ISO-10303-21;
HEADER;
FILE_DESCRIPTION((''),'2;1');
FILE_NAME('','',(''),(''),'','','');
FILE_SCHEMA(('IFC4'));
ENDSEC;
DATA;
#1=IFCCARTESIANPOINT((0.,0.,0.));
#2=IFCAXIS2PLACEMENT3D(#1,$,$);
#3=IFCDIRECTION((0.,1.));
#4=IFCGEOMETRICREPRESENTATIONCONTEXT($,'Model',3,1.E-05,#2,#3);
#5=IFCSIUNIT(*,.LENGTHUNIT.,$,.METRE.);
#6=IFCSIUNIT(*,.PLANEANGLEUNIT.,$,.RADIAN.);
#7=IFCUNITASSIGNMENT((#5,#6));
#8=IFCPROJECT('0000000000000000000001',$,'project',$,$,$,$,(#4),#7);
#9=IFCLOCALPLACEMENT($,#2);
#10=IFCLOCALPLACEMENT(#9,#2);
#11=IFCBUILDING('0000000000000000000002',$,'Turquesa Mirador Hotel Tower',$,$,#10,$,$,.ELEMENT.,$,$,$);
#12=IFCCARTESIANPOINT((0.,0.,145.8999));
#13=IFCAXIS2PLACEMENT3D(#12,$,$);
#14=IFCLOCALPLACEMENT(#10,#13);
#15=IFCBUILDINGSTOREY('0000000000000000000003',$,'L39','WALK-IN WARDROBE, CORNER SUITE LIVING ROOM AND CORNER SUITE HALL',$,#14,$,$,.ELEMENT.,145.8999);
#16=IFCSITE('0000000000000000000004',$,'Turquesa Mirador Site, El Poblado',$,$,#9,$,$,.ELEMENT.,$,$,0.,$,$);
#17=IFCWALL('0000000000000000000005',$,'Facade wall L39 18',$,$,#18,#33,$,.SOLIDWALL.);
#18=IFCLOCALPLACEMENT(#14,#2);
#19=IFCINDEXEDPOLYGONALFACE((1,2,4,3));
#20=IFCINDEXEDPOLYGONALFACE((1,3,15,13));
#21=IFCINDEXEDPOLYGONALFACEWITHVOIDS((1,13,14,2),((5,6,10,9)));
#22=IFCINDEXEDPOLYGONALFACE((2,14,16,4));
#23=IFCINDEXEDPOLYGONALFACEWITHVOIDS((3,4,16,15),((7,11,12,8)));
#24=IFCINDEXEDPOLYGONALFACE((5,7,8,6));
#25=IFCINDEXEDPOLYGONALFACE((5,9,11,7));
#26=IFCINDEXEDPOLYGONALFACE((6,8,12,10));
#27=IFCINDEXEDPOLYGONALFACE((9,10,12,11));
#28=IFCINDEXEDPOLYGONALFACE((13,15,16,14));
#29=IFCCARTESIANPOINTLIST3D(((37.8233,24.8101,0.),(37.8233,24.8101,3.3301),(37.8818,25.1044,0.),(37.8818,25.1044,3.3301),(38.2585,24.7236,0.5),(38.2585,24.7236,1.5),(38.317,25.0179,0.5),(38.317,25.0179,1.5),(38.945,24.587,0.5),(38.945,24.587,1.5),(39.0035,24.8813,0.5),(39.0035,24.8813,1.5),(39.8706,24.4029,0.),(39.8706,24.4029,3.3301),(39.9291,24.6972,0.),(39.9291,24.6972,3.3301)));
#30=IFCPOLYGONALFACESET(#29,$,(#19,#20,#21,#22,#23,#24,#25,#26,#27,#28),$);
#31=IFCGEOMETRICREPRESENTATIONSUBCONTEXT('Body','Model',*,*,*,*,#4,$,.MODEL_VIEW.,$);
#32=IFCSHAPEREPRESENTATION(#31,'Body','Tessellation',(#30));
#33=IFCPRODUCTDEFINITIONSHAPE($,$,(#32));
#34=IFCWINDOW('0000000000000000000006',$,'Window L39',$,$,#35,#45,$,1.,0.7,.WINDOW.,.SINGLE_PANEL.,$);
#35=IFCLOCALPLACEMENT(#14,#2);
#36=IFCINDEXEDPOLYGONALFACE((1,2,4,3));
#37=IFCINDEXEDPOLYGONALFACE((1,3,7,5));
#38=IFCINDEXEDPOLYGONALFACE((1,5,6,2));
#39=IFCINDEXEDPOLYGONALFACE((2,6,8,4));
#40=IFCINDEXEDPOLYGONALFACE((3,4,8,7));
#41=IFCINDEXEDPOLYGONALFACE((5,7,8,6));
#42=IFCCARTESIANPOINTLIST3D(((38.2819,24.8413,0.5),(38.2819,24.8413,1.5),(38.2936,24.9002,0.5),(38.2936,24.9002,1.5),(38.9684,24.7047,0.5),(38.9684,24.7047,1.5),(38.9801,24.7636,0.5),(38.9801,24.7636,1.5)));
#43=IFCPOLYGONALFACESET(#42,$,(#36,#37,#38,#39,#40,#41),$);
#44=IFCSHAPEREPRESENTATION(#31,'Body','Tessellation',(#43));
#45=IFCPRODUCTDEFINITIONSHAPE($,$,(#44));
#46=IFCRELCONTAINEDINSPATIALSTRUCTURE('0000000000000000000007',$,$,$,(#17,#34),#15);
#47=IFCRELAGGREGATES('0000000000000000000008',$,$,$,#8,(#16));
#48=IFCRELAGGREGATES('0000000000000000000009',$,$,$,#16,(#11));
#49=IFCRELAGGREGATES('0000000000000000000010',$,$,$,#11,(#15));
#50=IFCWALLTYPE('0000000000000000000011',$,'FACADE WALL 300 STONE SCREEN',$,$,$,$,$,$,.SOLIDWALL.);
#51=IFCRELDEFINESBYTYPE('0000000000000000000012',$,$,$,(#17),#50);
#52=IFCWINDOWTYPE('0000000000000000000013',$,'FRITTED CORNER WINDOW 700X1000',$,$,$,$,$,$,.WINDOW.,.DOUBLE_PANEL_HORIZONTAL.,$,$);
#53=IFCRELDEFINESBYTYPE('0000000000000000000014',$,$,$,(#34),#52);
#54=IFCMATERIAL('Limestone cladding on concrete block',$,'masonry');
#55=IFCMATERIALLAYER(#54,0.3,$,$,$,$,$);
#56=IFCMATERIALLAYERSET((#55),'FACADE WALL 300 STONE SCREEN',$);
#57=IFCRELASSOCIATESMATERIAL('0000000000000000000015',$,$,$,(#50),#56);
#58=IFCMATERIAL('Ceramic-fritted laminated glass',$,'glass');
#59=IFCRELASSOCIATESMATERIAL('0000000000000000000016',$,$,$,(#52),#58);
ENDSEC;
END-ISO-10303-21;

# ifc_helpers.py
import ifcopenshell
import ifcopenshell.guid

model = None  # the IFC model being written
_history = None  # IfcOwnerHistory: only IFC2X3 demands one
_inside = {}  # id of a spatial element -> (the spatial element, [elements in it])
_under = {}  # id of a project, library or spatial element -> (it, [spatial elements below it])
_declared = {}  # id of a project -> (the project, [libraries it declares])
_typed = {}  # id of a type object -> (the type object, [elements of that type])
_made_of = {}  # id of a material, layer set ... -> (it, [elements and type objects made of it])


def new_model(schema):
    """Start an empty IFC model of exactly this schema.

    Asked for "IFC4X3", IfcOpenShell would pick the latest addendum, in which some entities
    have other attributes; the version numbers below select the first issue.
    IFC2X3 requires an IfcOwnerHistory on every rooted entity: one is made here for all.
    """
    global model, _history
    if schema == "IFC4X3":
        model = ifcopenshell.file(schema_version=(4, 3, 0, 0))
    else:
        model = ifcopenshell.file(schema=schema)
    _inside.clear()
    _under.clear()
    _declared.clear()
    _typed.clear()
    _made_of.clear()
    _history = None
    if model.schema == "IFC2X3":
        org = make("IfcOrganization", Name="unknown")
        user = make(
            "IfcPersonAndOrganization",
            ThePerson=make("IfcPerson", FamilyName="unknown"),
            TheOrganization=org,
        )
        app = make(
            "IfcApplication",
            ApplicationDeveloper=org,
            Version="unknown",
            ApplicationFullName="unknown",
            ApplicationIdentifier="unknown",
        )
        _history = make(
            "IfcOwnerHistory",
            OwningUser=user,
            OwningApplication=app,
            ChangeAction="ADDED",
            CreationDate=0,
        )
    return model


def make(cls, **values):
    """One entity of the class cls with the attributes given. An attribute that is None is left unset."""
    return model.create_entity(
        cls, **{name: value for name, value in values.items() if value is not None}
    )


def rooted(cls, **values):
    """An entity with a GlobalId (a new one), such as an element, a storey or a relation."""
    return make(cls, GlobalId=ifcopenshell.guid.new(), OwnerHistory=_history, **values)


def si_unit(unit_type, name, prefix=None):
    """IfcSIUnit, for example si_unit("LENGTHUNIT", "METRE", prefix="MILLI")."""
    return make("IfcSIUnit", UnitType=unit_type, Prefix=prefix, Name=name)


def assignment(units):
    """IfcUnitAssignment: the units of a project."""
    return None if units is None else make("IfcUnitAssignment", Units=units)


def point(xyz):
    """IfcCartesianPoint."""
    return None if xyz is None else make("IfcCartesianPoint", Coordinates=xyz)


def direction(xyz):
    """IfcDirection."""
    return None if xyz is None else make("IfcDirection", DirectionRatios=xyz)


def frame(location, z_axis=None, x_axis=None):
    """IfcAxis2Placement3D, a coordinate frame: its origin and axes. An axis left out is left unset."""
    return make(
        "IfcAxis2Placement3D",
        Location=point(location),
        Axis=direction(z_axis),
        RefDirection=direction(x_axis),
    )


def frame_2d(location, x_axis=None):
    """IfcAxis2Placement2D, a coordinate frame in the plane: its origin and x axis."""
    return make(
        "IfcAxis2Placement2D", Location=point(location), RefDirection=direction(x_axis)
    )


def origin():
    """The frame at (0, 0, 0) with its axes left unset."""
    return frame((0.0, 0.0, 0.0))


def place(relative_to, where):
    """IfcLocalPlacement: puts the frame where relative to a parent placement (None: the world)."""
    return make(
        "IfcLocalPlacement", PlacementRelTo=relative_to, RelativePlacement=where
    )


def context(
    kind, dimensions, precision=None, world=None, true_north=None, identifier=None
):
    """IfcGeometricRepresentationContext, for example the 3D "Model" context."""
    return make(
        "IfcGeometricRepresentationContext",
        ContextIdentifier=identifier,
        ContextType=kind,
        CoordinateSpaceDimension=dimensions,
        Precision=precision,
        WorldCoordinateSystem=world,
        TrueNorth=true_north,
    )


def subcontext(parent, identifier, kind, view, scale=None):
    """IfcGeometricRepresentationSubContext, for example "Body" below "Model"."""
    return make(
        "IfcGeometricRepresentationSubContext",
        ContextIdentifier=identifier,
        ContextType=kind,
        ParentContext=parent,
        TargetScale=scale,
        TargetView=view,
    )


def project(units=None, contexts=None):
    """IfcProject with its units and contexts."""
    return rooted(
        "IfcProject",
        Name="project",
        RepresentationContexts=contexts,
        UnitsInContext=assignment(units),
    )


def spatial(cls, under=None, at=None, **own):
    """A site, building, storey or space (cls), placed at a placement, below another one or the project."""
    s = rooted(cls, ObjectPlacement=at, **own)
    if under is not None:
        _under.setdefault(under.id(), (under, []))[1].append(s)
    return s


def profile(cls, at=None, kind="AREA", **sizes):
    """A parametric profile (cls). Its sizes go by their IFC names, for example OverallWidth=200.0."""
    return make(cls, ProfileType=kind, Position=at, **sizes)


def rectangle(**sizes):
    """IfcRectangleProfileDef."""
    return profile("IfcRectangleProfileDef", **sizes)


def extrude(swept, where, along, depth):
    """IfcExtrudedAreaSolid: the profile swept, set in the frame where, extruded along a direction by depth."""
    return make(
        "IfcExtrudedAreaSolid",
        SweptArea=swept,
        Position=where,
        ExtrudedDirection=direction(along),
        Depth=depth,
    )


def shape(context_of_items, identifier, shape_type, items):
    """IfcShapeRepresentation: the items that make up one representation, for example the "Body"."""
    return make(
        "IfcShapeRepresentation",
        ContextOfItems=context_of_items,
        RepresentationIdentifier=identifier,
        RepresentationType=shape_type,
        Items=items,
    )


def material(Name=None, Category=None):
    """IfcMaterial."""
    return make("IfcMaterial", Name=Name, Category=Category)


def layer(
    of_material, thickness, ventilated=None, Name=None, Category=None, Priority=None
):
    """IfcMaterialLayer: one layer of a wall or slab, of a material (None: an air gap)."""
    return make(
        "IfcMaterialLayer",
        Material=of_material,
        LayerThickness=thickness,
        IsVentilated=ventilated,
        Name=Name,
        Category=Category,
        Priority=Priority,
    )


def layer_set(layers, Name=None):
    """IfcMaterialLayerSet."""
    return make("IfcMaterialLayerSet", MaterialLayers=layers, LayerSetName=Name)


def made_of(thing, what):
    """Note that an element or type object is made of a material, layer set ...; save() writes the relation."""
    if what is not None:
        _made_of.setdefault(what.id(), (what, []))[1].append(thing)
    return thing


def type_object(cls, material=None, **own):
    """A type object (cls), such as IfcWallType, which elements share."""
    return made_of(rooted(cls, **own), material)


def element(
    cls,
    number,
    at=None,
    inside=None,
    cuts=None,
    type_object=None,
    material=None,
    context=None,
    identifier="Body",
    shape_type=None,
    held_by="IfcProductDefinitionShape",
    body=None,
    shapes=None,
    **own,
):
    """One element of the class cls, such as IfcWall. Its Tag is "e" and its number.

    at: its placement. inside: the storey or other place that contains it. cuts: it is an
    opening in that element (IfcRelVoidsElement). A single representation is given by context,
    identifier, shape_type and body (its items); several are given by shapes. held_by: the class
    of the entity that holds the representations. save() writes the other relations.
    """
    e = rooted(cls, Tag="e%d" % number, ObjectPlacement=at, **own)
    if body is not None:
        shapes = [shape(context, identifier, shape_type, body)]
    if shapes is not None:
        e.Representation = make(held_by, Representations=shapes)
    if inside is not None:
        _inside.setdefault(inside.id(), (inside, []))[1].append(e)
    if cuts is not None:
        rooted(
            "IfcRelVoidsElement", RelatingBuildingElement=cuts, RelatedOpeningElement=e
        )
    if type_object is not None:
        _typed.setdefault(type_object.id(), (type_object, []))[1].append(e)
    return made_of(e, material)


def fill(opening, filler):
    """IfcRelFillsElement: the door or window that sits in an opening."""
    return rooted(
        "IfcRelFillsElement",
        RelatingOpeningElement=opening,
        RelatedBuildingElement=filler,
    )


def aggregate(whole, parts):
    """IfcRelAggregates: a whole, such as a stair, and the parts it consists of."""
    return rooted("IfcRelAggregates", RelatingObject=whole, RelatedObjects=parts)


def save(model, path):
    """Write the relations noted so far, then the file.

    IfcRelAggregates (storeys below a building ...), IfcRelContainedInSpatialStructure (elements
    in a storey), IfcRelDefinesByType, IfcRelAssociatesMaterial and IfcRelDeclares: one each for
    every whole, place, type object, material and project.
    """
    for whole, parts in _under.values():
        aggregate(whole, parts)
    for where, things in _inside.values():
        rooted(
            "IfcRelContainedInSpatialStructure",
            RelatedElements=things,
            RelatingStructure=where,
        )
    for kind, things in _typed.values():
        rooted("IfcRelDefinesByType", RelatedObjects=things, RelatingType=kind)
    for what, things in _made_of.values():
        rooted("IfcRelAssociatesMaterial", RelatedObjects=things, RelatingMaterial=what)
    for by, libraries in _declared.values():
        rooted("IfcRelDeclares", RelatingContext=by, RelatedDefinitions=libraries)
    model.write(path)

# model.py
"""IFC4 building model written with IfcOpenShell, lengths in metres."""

from ifc_helpers import new_model, si_unit, direction, frame, frame_2d, origin, place, context, subcontext, project, spatial, rectangle, extrude, material, layer, layer_set, type_object, element, fill, save


model = new_model("IFC4")

# Units and contexts
model_context = context("Model", 3, precision=1e-05, world=origin(), true_north=direction((0.0, 1.0)))
body_context = subcontext(model_context, "Body", "Model", "MODEL_VIEW")
ifc_project = project(units=[si_unit("LENGTHUNIT", "METRE"), si_unit("PLANEANGLEUNIT", "RADIAN")], contexts=[model_context])

# Site, building, storey
site_placement = place(None, origin())
site = spatial("IfcSite", under=ifc_project, at=site_placement, Name="Turquesa Mirador Site, El Poblado", CompositionType="ELEMENT", RefElevation=0.0)
building_placement = place(site_placement, origin())
building = spatial("IfcBuilding", under=site, at=building_placement, Name="Turquesa Mirador Hotel Tower", CompositionType="ELEMENT")
storey_placement = place(building_placement, frame((0.0, 0.0, 145.8999)))
storey = spatial("IfcBuildingStorey", under=building, at=storey_placement, Name="L39", Description="WALK-IN WARDROBE, CORNER SUITE LIVING ROOM AND CORNER SUITE HALL", CompositionType="ELEMENT", Elevation=145.8999)

# Wall, opening, window
ifc_material_1 = material(Name="Limestone cladding on concrete block", Category="masonry")
ifc_layer_1 = layer(ifc_material_1, 0.3)
ifc_layer_set_1 = layer_set([ifc_layer_1], Name="FACADE WALL 300 STONE SCREEN")
wall_type_1 = type_object("IfcWallType", Name="FACADE WALL 300 STONE SCREEN", PredefinedType="SOLIDWALL", material=ifc_layer_set_1)
ifc_material_2 = material(Name="Ceramic-fritted laminated glass", Category="glass")
window_type_1 = type_object("IfcWindowType", Name="FRITTED CORNER WINDOW 700X1000", PartitioningType="DOUBLE_PANEL_HORIZONTAL", PredefinedType="WINDOW", material=ifc_material_2)
wall_1_placement = place(storey_placement, frame((37.8525, 24.9573, 0.0), z_axis=(0.0, 0.0, 1.0), x_axis=(0.980787, -0.195081, 0.0)))
wall_1 = element("IfcWall", 1, at=wall_1_placement, inside=storey, type_object=wall_type_1, Name="Facade wall L39 18", PredefinedType="SOLIDWALL", context=body_context, shape_type="SweptSolid", body=[
    extrude(rectangle(XDim=2.0874, YDim=0.3, at=frame_2d((1.0437, 0.0))), origin(), (0.0, 0.0, 1.0), 3.3301),
])
opening_1_placement = place(wall_1_placement, frame((0.4436, 0.0, 0.5)))
opening_1 = element("IfcOpeningElement", 2, at=opening_1_placement, cuts=wall_1, PredefinedType="OPENING", context=body_context, shape_type="SweptSolid", body=[
    extrude(rectangle(XDim=0.7, YDim=1.0, at=frame_2d((0.3501, 0.5))), frame((0.0, 0.1599, 0.0), z_axis=(0.0, -1.0, 0.0), x_axis=(1.0, 0.0, 0.0)), (0.0, 0.0, 1.0), 0.3201),
])
window_1_placement = place(opening_1_placement, origin())
window_1 = element("IfcWindow", 3, at=window_1_placement, inside=storey, type_object=window_type_1, Name="Window L39", OverallHeight=1.0, OverallWidth=0.7, PartitioningType="SINGLE_PANEL", PredefinedType="WINDOW", context=body_context, shape_type="SweptSolid", body=[
    extrude(rectangle(XDim=0.7, YDim=1.0, at=frame_2d((0.3501, 0.5))), frame((0.0, 0.03, 0.0), z_axis=(0.0, -1.0, 0.0), x_axis=(1.0, 0.0, 0.0)), (0.0, 0.0, 1.0), 0.0601),
])
fill(opening_1, window_1)

save(model, "model.ifc")
